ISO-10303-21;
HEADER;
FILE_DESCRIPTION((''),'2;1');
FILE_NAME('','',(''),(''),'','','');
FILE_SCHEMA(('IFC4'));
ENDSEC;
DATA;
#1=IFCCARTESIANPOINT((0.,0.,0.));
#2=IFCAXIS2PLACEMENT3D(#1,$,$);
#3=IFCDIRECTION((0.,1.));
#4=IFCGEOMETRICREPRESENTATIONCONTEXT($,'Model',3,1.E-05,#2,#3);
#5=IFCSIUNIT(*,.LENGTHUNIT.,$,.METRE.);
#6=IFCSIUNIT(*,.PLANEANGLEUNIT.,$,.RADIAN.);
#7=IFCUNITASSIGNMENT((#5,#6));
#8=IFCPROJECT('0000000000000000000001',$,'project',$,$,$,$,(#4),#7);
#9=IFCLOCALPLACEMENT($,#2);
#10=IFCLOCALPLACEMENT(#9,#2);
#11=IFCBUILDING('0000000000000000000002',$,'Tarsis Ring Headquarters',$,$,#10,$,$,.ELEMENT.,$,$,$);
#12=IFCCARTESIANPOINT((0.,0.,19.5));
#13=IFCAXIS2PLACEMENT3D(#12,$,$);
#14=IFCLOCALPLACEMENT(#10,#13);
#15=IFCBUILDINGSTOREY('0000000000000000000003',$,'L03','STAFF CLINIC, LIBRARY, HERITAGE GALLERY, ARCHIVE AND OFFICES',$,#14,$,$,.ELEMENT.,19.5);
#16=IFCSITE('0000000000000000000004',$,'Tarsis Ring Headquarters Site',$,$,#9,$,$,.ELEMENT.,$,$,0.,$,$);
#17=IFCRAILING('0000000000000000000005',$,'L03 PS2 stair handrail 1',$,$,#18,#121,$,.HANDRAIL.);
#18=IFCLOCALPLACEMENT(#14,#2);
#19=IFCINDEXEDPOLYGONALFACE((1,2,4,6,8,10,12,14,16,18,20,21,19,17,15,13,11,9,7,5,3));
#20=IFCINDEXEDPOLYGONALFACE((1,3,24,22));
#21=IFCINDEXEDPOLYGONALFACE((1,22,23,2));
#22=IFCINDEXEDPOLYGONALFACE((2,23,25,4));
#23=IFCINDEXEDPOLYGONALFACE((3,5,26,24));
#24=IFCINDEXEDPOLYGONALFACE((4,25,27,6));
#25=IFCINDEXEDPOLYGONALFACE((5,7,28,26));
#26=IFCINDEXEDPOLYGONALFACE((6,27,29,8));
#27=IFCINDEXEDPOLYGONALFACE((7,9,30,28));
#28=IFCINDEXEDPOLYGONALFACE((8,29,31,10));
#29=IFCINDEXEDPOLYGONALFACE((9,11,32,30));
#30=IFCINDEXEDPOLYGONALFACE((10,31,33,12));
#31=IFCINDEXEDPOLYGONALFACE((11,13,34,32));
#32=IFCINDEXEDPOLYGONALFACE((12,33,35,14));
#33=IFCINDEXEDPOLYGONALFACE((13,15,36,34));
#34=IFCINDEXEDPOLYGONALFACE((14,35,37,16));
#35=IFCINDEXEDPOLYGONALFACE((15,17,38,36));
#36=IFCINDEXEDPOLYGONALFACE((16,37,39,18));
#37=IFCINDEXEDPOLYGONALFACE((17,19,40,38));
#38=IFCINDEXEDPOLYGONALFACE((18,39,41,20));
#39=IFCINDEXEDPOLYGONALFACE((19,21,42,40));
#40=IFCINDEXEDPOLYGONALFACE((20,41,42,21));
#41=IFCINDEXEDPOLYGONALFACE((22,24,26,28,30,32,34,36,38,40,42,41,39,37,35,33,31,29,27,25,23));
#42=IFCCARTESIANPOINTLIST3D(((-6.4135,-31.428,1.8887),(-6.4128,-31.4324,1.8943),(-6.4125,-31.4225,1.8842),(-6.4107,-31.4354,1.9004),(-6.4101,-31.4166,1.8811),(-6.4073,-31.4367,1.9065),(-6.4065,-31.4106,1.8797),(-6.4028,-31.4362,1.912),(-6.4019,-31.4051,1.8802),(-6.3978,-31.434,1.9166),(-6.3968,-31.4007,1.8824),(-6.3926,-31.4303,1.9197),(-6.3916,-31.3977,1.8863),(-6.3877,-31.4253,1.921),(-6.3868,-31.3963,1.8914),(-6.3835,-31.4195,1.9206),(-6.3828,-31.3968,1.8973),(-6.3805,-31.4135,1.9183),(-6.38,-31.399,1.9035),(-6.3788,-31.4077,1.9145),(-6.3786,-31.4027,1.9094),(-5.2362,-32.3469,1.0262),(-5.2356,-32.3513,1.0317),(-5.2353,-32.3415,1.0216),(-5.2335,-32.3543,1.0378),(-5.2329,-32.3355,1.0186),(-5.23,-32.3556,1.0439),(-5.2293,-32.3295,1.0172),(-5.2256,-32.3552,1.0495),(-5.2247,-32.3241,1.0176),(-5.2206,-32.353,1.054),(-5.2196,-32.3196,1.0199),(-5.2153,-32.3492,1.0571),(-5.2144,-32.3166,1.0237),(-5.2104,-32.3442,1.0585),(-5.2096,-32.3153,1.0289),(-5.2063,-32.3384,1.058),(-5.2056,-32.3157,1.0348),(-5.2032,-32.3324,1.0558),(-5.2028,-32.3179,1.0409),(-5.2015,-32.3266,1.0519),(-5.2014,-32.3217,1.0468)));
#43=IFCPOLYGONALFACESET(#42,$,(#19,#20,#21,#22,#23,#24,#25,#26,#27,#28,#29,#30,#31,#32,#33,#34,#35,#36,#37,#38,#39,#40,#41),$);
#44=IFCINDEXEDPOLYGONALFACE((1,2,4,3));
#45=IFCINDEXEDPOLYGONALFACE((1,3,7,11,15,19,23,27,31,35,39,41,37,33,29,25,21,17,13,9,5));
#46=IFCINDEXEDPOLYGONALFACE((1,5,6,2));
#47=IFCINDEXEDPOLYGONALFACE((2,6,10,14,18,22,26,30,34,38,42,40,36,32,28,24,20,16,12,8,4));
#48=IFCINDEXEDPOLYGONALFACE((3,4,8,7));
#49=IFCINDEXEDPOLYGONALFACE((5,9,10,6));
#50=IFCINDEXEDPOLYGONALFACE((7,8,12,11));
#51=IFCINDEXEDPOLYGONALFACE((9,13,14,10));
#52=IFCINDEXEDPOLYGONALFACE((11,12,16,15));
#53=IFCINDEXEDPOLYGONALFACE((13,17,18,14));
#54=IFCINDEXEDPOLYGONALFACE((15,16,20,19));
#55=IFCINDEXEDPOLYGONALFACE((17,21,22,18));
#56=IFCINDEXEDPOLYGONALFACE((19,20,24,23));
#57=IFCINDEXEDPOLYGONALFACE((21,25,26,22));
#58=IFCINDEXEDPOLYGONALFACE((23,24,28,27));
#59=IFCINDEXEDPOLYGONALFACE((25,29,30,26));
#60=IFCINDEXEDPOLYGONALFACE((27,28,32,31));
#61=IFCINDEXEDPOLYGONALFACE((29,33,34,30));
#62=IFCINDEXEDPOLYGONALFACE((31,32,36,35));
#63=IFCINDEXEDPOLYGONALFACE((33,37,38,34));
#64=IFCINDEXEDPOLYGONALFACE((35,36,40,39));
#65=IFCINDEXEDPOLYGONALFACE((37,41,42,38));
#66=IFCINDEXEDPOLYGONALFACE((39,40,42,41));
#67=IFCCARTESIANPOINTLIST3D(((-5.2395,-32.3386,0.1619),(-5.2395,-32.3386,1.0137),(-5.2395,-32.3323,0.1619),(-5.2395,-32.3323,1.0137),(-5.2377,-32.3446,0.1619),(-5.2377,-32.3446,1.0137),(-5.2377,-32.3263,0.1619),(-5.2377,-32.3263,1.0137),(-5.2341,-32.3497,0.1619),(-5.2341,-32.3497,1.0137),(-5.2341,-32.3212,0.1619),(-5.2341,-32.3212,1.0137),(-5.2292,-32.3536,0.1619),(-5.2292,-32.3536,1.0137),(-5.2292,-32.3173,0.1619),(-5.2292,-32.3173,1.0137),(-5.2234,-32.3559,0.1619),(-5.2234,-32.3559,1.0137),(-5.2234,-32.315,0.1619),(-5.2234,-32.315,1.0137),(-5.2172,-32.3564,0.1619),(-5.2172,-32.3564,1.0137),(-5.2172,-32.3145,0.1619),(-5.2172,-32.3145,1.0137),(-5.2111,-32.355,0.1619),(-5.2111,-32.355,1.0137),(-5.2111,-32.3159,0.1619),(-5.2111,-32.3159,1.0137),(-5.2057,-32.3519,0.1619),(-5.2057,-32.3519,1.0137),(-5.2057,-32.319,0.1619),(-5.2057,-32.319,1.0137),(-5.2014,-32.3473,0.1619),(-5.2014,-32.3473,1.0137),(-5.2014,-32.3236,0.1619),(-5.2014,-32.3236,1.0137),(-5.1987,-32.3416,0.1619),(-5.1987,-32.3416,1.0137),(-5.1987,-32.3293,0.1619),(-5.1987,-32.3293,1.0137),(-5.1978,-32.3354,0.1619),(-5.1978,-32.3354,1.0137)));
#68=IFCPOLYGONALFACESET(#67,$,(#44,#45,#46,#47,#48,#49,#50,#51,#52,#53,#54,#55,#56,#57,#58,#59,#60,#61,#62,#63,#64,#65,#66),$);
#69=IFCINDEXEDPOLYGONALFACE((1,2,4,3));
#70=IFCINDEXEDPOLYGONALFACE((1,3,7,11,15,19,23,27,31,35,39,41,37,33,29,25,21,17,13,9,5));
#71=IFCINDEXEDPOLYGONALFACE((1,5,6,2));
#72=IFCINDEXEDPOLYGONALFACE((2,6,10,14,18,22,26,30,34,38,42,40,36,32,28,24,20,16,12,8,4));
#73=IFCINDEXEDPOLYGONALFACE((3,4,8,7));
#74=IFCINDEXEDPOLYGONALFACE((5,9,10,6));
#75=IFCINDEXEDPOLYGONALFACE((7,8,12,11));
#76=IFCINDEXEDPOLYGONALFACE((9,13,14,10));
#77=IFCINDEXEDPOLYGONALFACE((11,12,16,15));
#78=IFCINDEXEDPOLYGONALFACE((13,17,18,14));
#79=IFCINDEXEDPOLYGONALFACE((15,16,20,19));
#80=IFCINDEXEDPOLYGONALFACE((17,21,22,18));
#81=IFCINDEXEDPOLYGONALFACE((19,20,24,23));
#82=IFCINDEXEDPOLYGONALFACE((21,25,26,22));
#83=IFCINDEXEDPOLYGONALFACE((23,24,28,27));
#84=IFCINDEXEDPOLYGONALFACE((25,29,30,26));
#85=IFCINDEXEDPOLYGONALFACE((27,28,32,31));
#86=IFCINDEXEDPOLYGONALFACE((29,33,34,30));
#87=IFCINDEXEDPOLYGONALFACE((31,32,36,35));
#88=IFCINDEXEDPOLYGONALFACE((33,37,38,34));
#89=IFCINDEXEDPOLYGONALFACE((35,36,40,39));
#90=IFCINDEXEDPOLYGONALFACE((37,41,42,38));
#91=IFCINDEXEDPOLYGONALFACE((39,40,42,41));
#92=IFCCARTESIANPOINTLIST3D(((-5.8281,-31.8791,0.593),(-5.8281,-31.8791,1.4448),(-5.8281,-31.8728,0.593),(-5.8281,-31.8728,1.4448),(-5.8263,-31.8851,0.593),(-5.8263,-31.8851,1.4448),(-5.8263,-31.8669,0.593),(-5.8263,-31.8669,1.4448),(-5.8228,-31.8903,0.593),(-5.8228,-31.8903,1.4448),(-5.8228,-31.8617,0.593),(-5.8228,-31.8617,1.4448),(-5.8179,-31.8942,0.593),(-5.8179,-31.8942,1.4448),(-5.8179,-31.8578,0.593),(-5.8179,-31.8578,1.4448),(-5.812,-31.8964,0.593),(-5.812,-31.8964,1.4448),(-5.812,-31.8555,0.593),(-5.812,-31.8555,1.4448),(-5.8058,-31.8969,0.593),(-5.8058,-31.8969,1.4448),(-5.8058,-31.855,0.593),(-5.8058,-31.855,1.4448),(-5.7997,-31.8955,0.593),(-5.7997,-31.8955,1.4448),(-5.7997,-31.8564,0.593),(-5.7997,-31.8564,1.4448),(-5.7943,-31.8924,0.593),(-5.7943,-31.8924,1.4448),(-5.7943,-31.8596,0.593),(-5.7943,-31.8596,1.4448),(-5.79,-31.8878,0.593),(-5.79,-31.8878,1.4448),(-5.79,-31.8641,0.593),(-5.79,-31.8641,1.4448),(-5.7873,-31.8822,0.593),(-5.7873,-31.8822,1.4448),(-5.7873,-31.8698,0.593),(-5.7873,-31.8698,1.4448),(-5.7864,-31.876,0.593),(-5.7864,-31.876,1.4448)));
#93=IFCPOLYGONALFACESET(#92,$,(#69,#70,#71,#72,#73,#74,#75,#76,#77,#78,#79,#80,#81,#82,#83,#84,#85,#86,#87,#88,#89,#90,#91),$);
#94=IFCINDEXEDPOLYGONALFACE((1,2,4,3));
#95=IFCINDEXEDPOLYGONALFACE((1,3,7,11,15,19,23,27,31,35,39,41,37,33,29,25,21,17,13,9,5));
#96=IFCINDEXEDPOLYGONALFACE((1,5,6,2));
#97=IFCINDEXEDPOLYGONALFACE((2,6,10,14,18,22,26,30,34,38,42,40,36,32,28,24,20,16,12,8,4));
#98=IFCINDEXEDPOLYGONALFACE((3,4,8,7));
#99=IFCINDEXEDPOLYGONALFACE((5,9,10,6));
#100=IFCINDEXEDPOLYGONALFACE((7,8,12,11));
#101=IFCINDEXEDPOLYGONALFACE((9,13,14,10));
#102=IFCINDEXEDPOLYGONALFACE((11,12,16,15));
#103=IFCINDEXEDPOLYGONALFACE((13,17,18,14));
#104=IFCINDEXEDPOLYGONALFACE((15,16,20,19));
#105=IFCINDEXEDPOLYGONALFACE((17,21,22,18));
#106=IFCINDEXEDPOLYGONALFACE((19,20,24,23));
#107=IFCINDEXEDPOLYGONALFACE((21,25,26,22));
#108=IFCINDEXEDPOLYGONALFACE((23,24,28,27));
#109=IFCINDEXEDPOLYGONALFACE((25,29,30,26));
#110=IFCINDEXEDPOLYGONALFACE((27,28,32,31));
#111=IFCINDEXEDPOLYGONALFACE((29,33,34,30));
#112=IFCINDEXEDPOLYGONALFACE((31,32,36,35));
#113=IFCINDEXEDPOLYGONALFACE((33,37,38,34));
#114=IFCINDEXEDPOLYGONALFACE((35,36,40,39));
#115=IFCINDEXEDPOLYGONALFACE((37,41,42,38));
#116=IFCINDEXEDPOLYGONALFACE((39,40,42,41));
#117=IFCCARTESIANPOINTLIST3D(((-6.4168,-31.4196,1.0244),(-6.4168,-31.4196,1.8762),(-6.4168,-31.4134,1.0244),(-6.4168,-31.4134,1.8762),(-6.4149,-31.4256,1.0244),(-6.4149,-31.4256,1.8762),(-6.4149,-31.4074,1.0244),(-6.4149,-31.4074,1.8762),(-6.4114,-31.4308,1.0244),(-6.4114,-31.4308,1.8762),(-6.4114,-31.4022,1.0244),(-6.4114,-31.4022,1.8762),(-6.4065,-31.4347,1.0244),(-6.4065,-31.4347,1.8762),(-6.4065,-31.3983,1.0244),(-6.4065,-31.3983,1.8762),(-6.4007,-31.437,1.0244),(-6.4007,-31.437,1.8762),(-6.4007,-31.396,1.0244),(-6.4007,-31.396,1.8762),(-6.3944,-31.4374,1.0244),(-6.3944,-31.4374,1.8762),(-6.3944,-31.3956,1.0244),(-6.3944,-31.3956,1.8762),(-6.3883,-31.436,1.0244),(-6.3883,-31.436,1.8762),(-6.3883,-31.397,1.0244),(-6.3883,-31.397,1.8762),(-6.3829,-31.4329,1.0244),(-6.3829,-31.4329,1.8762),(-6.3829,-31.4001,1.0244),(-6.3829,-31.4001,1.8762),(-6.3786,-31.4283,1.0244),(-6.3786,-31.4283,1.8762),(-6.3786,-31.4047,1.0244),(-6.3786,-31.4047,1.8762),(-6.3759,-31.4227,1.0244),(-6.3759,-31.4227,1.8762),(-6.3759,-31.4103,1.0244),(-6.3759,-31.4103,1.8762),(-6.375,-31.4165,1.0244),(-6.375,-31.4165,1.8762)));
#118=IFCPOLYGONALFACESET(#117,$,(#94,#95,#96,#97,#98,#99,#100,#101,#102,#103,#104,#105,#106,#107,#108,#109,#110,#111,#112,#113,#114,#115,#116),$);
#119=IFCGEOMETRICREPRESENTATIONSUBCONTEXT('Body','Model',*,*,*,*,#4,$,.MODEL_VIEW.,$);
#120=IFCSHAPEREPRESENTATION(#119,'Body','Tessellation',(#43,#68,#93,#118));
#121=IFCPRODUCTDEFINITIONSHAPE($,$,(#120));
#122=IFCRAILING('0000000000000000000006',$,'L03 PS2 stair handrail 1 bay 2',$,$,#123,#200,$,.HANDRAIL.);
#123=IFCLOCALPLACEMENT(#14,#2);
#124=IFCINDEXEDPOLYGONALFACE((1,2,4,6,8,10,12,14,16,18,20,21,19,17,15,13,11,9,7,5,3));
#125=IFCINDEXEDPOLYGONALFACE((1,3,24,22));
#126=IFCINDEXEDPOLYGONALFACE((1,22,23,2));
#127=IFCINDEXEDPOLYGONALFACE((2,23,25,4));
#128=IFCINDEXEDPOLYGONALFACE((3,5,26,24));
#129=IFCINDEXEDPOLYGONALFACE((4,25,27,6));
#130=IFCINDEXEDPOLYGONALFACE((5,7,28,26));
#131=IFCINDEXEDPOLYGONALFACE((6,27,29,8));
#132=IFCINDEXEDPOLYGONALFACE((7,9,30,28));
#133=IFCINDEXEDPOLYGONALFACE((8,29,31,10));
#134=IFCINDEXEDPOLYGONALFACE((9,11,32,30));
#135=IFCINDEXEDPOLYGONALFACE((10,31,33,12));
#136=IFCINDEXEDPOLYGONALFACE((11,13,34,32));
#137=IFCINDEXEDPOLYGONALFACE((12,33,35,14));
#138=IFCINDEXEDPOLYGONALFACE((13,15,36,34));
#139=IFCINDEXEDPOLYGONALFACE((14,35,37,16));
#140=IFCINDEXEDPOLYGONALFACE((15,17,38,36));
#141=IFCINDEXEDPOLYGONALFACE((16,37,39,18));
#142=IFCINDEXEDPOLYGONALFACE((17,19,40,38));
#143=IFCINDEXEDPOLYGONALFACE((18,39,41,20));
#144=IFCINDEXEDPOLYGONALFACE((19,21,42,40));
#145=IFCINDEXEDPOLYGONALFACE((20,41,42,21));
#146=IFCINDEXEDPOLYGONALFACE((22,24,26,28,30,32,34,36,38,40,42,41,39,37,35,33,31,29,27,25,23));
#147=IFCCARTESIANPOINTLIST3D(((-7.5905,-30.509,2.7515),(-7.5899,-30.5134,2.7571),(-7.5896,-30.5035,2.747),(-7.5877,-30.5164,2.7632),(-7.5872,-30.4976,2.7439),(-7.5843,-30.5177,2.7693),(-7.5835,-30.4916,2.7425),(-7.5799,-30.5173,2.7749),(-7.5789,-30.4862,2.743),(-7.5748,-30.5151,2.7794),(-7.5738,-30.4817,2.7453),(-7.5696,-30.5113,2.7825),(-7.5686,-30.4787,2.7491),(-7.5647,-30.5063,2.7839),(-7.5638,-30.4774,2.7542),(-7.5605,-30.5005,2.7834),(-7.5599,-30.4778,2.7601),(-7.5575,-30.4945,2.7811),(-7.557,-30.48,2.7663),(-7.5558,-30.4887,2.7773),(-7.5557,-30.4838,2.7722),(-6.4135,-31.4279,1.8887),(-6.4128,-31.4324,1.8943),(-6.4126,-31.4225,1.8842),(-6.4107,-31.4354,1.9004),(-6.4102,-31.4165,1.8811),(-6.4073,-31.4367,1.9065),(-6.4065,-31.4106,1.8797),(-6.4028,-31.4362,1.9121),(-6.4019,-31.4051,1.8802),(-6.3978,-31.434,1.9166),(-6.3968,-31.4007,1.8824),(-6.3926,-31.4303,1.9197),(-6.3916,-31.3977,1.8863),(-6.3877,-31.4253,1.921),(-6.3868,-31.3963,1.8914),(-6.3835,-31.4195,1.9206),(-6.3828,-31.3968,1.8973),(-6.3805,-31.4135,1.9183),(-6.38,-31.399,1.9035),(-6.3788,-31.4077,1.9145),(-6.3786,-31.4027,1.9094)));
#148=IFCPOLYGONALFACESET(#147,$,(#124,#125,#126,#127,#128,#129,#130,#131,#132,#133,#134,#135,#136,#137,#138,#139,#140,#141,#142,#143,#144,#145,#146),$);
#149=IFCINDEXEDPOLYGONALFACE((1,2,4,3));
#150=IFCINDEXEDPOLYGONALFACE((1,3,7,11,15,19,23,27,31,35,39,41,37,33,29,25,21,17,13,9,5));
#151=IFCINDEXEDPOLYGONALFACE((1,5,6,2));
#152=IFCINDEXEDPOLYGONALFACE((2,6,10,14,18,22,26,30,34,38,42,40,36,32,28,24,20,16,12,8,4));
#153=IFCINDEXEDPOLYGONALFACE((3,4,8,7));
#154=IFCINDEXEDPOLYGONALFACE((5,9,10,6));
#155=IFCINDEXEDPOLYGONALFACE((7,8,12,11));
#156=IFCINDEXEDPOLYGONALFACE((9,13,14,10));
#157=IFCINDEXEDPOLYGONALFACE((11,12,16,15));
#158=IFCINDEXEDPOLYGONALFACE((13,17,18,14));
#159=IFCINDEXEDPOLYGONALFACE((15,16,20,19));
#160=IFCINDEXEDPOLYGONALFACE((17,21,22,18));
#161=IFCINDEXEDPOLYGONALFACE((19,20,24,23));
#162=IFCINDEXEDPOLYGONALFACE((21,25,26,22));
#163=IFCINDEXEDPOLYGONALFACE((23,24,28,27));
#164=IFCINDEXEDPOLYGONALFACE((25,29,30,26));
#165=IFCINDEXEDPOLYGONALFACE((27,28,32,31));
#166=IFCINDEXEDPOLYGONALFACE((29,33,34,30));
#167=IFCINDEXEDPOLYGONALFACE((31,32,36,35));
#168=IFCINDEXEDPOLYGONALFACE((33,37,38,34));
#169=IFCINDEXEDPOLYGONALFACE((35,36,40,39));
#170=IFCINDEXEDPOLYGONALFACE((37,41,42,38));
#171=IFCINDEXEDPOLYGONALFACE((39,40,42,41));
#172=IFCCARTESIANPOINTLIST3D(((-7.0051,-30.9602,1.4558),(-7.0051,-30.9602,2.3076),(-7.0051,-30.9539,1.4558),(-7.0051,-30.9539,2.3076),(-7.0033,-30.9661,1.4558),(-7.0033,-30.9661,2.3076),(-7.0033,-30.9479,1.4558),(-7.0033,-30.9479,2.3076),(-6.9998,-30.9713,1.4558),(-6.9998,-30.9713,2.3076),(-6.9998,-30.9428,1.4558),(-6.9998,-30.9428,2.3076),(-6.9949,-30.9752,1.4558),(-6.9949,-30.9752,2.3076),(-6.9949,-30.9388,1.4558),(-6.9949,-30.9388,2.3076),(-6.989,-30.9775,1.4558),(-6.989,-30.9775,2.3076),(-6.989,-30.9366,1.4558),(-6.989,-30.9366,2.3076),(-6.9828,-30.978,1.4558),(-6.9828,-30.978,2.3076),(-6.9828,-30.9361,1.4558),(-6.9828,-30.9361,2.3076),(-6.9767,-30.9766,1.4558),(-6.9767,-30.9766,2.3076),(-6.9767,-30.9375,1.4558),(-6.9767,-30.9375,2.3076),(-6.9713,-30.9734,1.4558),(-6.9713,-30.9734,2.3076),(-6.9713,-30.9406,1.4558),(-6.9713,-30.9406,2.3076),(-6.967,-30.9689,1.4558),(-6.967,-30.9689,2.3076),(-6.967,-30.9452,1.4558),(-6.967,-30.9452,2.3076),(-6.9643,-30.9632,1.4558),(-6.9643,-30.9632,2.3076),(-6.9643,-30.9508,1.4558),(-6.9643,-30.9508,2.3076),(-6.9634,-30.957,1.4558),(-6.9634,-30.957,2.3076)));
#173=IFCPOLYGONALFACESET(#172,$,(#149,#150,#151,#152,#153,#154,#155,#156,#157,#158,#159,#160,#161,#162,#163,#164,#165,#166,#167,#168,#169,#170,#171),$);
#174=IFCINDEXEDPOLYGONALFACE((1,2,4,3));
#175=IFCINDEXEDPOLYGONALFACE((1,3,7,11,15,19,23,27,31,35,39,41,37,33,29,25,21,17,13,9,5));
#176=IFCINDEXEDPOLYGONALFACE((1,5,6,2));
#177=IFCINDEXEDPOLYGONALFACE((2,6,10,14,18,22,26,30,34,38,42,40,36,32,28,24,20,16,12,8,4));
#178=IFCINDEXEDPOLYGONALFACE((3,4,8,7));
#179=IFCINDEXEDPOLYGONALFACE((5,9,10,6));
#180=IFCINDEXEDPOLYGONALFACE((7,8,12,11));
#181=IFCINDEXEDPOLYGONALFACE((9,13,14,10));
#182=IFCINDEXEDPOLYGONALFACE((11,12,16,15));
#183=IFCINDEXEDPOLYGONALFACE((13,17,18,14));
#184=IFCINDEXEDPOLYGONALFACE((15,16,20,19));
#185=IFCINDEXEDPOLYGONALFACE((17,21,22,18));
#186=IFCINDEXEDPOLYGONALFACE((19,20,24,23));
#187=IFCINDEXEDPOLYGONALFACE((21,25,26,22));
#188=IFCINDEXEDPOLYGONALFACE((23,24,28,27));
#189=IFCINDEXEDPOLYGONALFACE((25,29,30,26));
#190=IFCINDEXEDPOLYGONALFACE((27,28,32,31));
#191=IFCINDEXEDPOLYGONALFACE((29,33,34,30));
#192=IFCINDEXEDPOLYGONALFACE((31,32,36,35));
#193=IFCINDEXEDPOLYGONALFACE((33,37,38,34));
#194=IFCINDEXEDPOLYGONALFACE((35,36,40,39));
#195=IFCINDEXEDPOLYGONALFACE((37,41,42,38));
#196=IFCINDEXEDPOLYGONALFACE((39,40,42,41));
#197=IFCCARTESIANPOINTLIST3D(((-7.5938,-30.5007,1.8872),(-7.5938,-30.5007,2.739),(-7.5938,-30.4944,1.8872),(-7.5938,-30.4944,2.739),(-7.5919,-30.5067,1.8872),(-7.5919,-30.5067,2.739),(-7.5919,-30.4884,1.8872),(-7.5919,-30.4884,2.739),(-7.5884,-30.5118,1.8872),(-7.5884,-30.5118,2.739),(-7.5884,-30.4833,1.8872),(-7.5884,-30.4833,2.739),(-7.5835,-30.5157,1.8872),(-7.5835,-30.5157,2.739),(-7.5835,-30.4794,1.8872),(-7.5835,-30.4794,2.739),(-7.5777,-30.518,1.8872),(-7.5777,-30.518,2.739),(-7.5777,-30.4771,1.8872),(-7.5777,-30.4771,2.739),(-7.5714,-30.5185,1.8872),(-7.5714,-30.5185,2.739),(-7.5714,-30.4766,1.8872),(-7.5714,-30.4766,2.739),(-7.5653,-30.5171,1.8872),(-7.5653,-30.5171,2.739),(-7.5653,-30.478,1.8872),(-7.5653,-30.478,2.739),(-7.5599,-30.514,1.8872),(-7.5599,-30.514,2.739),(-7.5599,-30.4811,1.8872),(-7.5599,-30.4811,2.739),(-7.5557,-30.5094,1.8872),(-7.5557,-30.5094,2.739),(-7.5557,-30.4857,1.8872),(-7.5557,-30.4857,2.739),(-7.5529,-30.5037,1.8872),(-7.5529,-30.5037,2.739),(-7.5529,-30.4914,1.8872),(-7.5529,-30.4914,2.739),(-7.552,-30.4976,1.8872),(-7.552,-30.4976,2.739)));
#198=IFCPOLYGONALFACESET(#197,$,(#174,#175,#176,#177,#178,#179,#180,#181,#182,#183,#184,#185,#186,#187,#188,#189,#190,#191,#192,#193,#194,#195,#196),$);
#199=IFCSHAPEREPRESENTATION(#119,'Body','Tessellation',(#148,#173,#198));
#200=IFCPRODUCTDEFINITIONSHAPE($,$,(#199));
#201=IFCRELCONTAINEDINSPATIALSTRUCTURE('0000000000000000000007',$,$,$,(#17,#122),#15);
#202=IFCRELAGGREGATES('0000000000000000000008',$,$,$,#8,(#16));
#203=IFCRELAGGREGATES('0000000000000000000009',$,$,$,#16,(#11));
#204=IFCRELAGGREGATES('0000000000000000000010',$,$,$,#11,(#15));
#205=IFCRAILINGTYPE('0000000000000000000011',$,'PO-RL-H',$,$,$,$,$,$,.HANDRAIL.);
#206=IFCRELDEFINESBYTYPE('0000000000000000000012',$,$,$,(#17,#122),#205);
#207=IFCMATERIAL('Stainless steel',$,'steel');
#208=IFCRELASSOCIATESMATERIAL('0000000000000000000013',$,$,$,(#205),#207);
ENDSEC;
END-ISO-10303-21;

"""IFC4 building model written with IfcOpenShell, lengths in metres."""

from ifc_helpers import new_model, si_unit, direction, frame, origin, origin_2d, place, context, subcontext, project, spatial, circle, extrude, material, type_object, element, save


model = new_model("IFC4")

# Units and contexts
model_context = context("Model", 3, precision=1e-05, world=origin(), true_north=direction((0.0, 1.0)))
body_context = subcontext(model_context, "Body", "Model", "MODEL_VIEW")
ifc_project = project(units=[si_unit("LENGTHUNIT", "METRE"), si_unit("PLANEANGLEUNIT", "RADIAN")], contexts=[model_context])

# Site, building, storey
site_placement = place(None, origin())
site = spatial("IfcSite", under=ifc_project, at=site_placement, Name="Tarsis Ring Headquarters Site", CompositionType="ELEMENT", RefElevation=0.0)
building_placement = place(site_placement, origin())
building = spatial("IfcBuilding", under=site, at=building_placement, Name="Tarsis Ring Headquarters", CompositionType="ELEMENT")
storey_placement = place(building_placement, frame((0.0, 0.0, 19.5)))
storey = spatial("IfcBuildingStorey", under=building, at=storey_placement, Name="L03", Description="STAFF CLINIC, LIBRARY, HERITAGE GALLERY, ARCHIVE AND OFFICES", CompositionType="ELEMENT", Elevation=19.5)

# Railings
ifc_material_1 = material(Name="Stainless steel", Category="steel")
railing_type_1 = type_object("IfcRailingType", Name="PO-RL-H", PredefinedType="HANDRAIL", material=ifc_material_1)
railing_1_placement = place(storey_placement, frame((-5.2188, -32.3354, 0.1619)))
element("IfcRailing", 1, at=railing_1_placement, inside=storey, type_object=railing_type_1, Name="L03 PS2 stair handrail 1", PredefinedType="HANDRAIL", context=body_context, shape_type="SweptSolid", body=[
    extrude(circle(Radius=0.0239, at=origin_2d()), frame((0.0, 0.0, 0.876), z_axis=(-0.682607, 0.532835, 0.500135), x_axis=(-0.61532, -0.788277, 0.0)), (0.0, 0.0, 1.0), 1.7246),
    extrude(circle(Radius=0.021, at=origin_2d()), origin(), (0.0, 0.0, 1.0), 0.8518),
    extrude(circle(Radius=0.021, at=origin_2d()), frame((-0.5886, 0.4595, 0.4312)), (0.0, 0.0, 1.0), 0.8518),
    extrude(circle(Radius=0.021, at=origin_2d()), frame((-1.1772, 0.9189, 0.8625)), (0.0, 0.0, 1.0), 0.8518),
])
railing_2_placement = place(storey_placement, frame((-6.396, -31.4165, 1.0244)))
element("IfcRailing", 2, at=railing_2_placement, inside=storey, type_object=railing_type_1, Name="L03 PS2 stair handrail 1 bay 2", PredefinedType="HANDRAIL", context=body_context, shape_type="SweptSolid", body=[
    extrude(circle(Radius=0.0239, at=origin_2d()), frame((0.0, 0.0, 0.876), z_axis=(-0.682483, 0.532849, 0.500289), x_axis=(-0.6154, -0.788215, 0.0)), (0.0, 0.0, 1.0), 1.7246),
    extrude(circle(Radius=0.021, at=origin_2d()), frame((-0.5884, 0.4595, 0.4314)), (0.0, 0.0, 1.0), 0.8518),
    extrude(circle(Radius=0.021, at=origin_2d()), frame((-1.177, 0.9189, 0.8628)), (0.0, 0.0, 1.0), 0.8518),
])

save(model, "model.ifc")
